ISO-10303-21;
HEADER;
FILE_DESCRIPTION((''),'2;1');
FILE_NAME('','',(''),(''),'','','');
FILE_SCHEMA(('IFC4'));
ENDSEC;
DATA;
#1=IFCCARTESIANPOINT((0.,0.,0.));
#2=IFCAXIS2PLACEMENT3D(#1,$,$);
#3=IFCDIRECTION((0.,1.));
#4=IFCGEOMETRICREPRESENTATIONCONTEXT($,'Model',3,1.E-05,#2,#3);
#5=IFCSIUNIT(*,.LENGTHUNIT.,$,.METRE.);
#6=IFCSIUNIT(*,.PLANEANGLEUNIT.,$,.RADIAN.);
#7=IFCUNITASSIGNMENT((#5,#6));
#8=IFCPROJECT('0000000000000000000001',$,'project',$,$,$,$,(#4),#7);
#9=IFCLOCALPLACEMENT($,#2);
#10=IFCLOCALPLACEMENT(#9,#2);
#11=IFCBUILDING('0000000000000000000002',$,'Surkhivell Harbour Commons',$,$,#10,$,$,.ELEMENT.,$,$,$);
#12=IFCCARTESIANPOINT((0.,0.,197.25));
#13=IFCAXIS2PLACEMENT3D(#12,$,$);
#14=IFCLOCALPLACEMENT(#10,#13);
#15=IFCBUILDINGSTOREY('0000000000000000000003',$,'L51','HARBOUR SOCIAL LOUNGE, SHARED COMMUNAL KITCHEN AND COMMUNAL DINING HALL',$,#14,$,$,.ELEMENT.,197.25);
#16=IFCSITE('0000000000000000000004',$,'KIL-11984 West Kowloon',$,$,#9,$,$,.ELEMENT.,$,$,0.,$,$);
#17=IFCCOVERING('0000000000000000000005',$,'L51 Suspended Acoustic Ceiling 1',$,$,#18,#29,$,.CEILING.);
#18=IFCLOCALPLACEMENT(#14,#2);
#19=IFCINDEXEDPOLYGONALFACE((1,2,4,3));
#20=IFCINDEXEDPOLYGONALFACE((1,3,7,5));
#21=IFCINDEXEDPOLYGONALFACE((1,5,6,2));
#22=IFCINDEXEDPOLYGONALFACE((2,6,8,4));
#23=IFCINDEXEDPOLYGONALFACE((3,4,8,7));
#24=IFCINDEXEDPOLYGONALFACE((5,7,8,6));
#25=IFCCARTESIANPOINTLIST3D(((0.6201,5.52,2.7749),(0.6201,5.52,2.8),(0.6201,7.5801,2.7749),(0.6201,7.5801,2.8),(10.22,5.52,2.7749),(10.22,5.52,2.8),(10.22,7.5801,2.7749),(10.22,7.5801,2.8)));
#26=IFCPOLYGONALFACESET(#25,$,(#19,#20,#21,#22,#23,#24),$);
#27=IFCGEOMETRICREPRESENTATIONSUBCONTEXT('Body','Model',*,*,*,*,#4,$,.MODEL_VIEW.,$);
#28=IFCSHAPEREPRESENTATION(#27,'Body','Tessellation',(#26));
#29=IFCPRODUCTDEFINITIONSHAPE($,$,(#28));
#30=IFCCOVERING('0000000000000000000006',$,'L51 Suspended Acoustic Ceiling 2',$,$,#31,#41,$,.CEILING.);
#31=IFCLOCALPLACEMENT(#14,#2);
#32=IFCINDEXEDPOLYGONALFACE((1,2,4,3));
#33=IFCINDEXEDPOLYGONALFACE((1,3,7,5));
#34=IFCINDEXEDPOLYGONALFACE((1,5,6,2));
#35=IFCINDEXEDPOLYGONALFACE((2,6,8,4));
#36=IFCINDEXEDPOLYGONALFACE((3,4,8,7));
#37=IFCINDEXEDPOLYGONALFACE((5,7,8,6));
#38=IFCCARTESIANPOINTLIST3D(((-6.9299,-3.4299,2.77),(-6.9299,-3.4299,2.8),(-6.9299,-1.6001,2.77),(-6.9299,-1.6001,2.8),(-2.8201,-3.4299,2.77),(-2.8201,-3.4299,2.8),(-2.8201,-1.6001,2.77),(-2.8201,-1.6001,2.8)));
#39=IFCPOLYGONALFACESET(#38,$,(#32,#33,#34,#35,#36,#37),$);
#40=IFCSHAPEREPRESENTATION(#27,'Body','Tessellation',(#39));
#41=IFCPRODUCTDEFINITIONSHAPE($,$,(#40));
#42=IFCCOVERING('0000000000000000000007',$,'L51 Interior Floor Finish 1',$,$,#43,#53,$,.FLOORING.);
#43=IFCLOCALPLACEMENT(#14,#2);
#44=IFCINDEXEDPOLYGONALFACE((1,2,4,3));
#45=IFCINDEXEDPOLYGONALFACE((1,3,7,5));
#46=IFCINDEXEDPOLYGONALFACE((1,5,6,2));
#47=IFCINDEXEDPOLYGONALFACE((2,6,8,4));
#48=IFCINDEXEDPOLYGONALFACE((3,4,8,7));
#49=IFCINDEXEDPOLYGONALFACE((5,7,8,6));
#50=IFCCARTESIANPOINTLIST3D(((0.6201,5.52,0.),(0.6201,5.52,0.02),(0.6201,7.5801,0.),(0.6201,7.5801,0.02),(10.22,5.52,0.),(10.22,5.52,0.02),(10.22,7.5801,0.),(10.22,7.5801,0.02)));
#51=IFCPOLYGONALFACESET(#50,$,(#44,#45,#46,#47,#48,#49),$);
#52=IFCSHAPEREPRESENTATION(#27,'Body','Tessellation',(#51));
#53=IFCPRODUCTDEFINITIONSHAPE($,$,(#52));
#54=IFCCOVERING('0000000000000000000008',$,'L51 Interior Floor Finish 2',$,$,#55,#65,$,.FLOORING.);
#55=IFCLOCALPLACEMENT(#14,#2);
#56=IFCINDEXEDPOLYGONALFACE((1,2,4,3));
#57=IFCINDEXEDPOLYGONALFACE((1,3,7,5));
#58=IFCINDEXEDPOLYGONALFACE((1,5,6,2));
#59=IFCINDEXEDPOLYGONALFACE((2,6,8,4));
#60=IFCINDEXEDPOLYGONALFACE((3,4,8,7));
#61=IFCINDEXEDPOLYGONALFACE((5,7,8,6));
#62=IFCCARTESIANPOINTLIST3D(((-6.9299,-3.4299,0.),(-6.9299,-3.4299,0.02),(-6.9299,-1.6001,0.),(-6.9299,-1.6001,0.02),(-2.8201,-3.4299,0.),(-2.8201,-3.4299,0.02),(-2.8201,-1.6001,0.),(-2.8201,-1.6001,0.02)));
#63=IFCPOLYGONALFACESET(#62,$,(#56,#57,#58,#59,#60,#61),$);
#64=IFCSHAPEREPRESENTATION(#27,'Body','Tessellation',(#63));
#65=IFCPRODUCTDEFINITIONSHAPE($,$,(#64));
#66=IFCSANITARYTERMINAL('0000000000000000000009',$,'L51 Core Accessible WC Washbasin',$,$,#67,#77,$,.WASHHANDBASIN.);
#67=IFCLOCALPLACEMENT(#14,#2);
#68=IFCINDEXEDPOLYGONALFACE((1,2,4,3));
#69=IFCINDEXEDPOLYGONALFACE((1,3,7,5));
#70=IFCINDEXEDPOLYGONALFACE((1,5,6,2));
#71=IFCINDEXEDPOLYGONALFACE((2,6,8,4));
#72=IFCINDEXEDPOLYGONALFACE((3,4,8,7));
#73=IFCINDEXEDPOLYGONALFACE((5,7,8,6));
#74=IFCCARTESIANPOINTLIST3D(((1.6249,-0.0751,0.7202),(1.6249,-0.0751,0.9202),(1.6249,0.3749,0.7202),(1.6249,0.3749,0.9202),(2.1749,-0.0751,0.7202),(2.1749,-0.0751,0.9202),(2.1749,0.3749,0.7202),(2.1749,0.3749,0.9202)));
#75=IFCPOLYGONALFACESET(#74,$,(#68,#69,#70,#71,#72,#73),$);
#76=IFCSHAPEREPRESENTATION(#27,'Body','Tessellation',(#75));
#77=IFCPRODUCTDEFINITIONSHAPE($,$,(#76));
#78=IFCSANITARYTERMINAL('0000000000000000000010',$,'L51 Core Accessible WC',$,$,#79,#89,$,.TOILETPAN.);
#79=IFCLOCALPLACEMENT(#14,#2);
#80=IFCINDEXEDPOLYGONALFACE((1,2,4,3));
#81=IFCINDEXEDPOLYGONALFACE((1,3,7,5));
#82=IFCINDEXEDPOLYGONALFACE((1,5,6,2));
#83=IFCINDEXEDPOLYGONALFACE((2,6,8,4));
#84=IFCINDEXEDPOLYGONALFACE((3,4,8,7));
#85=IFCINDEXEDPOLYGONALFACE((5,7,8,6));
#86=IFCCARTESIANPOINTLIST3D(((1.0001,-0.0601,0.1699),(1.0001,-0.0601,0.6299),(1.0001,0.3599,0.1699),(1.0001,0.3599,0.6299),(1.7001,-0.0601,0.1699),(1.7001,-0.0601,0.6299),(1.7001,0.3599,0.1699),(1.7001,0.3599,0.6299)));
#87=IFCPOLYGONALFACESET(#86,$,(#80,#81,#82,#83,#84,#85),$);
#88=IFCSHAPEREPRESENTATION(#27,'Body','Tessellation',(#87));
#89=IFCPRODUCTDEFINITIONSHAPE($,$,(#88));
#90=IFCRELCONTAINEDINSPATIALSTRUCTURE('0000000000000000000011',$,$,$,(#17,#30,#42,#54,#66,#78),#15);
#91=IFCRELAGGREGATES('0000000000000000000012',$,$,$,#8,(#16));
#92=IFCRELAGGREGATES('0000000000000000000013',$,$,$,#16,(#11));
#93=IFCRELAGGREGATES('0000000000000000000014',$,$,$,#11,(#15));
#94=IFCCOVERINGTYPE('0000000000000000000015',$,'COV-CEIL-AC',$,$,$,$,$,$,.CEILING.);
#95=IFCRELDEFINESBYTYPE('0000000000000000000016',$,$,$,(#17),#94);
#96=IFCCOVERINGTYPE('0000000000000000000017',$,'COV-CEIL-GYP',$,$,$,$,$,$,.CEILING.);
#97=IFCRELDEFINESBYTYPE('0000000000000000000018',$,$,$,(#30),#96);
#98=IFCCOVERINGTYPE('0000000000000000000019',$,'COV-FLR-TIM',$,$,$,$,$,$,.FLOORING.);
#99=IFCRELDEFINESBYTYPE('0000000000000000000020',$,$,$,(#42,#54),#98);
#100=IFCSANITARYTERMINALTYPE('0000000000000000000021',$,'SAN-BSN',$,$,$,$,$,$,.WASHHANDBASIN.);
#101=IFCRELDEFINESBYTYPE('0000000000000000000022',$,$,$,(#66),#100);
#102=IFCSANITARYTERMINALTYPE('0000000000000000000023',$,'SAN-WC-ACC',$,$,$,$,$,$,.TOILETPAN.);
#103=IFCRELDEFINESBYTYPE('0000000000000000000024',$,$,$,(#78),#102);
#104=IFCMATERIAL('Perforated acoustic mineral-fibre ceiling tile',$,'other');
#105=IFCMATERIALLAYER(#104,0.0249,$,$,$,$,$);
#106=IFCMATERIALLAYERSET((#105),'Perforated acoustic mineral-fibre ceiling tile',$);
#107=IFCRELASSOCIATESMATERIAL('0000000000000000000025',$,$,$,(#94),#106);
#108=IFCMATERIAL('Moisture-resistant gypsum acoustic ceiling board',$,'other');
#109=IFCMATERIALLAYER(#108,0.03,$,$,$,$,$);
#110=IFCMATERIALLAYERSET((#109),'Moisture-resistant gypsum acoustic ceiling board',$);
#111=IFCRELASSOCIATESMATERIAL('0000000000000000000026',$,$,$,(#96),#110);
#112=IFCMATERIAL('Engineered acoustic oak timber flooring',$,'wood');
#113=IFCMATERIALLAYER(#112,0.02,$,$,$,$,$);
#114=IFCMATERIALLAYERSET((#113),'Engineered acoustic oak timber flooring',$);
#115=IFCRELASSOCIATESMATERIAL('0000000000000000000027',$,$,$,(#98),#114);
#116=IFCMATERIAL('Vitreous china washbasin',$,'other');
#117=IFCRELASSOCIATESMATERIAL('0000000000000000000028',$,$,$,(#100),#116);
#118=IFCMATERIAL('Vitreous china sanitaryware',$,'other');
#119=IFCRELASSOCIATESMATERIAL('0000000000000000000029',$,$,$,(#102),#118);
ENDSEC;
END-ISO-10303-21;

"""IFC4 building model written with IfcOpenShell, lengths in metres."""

from ifc_helpers import new_model, si_unit, direction, frame, origin, origin_2d, place, context, subcontext, project, spatial, polyline, rectangle, outline, extrude, material, layer, layer_set, type_object, element, save


model = new_model("IFC4")

# Units and contexts
model_context = context("Model", 3, precision=1e-05, world=origin(), true_north=direction((0.0, 1.0)))
body_context = subcontext(model_context, "Body", "Model", "MODEL_VIEW")
ifc_project = project(units=[si_unit("LENGTHUNIT", "METRE"), si_unit("PLANEANGLEUNIT", "RADIAN")], contexts=[model_context])

# Site, building, storey
site_placement = place(None, origin())
site = spatial("IfcSite", under=ifc_project, at=site_placement, Name="KIL-11984 West Kowloon", CompositionType="ELEMENT", RefElevation=0.0)
building_placement = place(site_placement, origin())
building = spatial("IfcBuilding", under=site, at=building_placement, Name="Surkhivell Harbour Commons", CompositionType="ELEMENT")
storey_placement = place(building_placement, frame((0.0, 0.0, 197.25)))
storey = spatial("IfcBuildingStorey", under=building, at=storey_placement, Name="L51", Description="HARBOUR SOCIAL LOUNGE, SHARED COMMUNAL KITCHEN AND COMMUNAL DINING HALL", CompositionType="ELEMENT", Elevation=197.25)

# Coverings
ifc_material_1 = material(Name="Perforated acoustic mineral-fibre ceiling tile", Category="other")
ifc_layer_1 = layer(ifc_material_1, 0.0249)
ifc_layer_set_1 = layer_set([ifc_layer_1], Name="Perforated acoustic mineral-fibre ceiling tile")
covering_type_1 = type_object("IfcCoveringType", Name="COV-CEIL-AC", PredefinedType="CEILING", material=ifc_layer_set_1)
covering_1_placement = place(storey_placement, frame((0.0, 0.0, 2.7749)))
element("IfcCovering", 1, at=covering_1_placement, inside=storey, type_object=covering_type_1, Name="L51 Suspended Acoustic Ceiling 1", PredefinedType="CEILING", context=body_context, shape_type="SweptSolid", body=[
    extrude(outline(polyline([(0.6201, 5.52), (10.22, 5.52), (10.22, 7.5801), (0.6201, 7.5801), (0.6201, 5.52)])), origin(), (0.0, 0.0, 1.0), 0.0251),
])
ifc_material_2 = material(Name="Moisture-resistant gypsum acoustic ceiling board", Category="other")
ifc_layer_2 = layer(ifc_material_2, 0.03)
ifc_layer_set_2 = layer_set([ifc_layer_2], Name="Moisture-resistant gypsum acoustic ceiling board")
covering_type_2 = type_object("IfcCoveringType", Name="COV-CEIL-GYP", PredefinedType="CEILING", material=ifc_layer_set_2)
covering_2_placement = place(storey_placement, frame((0.0, 0.0, 2.77)))
element("IfcCovering", 2, at=covering_2_placement, inside=storey, type_object=covering_type_2, Name="L51 Suspended Acoustic Ceiling 2", PredefinedType="CEILING", context=body_context, shape_type="SweptSolid", body=[
    extrude(outline(polyline([(-6.9299, -3.4299), (-2.8201, -3.4299), (-2.8201, -1.6001), (-6.9299, -1.6001), (-6.9299, -3.4299)])), origin(), (0.0, 0.0, 1.0), 0.03),
])
ifc_material_3 = material(Name="Engineered acoustic oak timber flooring", Category="wood")
ifc_layer_3 = layer(ifc_material_3, 0.02)
ifc_layer_set_3 = layer_set([ifc_layer_3], Name="Engineered acoustic oak timber flooring")
covering_type_3 = type_object("IfcCoveringType", Name="COV-FLR-TIM", PredefinedType="FLOORING", material=ifc_layer_set_3)
covering_3_placement = place(storey_placement, origin())
element("IfcCovering", 3, at=covering_3_placement, inside=storey, type_object=covering_type_3, Name="L51 Interior Floor Finish 1", PredefinedType="FLOORING", context=body_context, shape_type="SweptSolid", body=[
    extrude(outline(polyline([(0.6201, 5.52), (10.22, 5.52), (10.22, 7.5801), (0.6201, 7.5801), (0.6201, 5.52)])), origin(), (0.0, 0.0, 1.0), 0.02),
])
covering_4_placement = place(storey_placement, origin())
element("IfcCovering", 4, at=covering_4_placement, inside=storey, type_object=covering_type_3, Name="L51 Interior Floor Finish 2", PredefinedType="FLOORING", context=body_context, shape_type="SweptSolid", body=[
    extrude(outline(polyline([(-6.9299, -3.4299), (-2.8201, -3.4299), (-2.8201, -1.6001), (-6.9299, -1.6001), (-6.9299, -3.4299)])), origin(), (0.0, 0.0, 1.0), 0.02),
])

# Sanitary terminals
ifc_material_4 = material(Name="Vitreous china washbasin", Category="other")
sanitary_terminal_type_1 = type_object("IfcSanitaryTerminalType", Name="SAN-BSN", PredefinedType="WASHHANDBASIN", material=ifc_material_4)
sanitary_terminal_1_placement = place(storey_placement, frame((1.8999, 0.1499, 0.7202), z_axis=(0.0, 0.0, 1.0), x_axis=(1.0, 0.0, 0.0)))
element("IfcSanitaryTerminal", 5, at=sanitary_terminal_1_placement, inside=storey, type_object=sanitary_terminal_type_1, Name="L51 Core Accessible WC Washbasin", PredefinedType="WASHHANDBASIN", context=body_context, shape_type="SweptSolid", body=[
    extrude(rectangle(XDim=0.55, YDim=0.45, at=origin_2d()), origin(), (0.0, 0.0, 1.0), 0.2),
])
ifc_material_5 = material(Name="Vitreous china sanitaryware", Category="other")
sanitary_terminal_type_2 = type_object("IfcSanitaryTerminalType", Name="SAN-WC-ACC", PredefinedType="TOILETPAN", material=ifc_material_5)
sanitary_terminal_2_placement = place(storey_placement, frame((1.3501, 0.1499, 0.1699), z_axis=(0.0, 0.0, 1.0), x_axis=(1.0, 0.0, 0.0)))
element("IfcSanitaryTerminal", 6, at=sanitary_terminal_2_placement, inside=storey, type_object=sanitary_terminal_type_2, Name="L51 Core Accessible WC", PredefinedType="TOILETPAN", context=body_context, shape_type="SweptSolid", body=[
    extrude(rectangle(XDim=0.7, YDim=0.4199, at=origin_2d()), origin(), (0.0, 0.0, 1.0), 0.46),
])

save(model, "model.ifc")
